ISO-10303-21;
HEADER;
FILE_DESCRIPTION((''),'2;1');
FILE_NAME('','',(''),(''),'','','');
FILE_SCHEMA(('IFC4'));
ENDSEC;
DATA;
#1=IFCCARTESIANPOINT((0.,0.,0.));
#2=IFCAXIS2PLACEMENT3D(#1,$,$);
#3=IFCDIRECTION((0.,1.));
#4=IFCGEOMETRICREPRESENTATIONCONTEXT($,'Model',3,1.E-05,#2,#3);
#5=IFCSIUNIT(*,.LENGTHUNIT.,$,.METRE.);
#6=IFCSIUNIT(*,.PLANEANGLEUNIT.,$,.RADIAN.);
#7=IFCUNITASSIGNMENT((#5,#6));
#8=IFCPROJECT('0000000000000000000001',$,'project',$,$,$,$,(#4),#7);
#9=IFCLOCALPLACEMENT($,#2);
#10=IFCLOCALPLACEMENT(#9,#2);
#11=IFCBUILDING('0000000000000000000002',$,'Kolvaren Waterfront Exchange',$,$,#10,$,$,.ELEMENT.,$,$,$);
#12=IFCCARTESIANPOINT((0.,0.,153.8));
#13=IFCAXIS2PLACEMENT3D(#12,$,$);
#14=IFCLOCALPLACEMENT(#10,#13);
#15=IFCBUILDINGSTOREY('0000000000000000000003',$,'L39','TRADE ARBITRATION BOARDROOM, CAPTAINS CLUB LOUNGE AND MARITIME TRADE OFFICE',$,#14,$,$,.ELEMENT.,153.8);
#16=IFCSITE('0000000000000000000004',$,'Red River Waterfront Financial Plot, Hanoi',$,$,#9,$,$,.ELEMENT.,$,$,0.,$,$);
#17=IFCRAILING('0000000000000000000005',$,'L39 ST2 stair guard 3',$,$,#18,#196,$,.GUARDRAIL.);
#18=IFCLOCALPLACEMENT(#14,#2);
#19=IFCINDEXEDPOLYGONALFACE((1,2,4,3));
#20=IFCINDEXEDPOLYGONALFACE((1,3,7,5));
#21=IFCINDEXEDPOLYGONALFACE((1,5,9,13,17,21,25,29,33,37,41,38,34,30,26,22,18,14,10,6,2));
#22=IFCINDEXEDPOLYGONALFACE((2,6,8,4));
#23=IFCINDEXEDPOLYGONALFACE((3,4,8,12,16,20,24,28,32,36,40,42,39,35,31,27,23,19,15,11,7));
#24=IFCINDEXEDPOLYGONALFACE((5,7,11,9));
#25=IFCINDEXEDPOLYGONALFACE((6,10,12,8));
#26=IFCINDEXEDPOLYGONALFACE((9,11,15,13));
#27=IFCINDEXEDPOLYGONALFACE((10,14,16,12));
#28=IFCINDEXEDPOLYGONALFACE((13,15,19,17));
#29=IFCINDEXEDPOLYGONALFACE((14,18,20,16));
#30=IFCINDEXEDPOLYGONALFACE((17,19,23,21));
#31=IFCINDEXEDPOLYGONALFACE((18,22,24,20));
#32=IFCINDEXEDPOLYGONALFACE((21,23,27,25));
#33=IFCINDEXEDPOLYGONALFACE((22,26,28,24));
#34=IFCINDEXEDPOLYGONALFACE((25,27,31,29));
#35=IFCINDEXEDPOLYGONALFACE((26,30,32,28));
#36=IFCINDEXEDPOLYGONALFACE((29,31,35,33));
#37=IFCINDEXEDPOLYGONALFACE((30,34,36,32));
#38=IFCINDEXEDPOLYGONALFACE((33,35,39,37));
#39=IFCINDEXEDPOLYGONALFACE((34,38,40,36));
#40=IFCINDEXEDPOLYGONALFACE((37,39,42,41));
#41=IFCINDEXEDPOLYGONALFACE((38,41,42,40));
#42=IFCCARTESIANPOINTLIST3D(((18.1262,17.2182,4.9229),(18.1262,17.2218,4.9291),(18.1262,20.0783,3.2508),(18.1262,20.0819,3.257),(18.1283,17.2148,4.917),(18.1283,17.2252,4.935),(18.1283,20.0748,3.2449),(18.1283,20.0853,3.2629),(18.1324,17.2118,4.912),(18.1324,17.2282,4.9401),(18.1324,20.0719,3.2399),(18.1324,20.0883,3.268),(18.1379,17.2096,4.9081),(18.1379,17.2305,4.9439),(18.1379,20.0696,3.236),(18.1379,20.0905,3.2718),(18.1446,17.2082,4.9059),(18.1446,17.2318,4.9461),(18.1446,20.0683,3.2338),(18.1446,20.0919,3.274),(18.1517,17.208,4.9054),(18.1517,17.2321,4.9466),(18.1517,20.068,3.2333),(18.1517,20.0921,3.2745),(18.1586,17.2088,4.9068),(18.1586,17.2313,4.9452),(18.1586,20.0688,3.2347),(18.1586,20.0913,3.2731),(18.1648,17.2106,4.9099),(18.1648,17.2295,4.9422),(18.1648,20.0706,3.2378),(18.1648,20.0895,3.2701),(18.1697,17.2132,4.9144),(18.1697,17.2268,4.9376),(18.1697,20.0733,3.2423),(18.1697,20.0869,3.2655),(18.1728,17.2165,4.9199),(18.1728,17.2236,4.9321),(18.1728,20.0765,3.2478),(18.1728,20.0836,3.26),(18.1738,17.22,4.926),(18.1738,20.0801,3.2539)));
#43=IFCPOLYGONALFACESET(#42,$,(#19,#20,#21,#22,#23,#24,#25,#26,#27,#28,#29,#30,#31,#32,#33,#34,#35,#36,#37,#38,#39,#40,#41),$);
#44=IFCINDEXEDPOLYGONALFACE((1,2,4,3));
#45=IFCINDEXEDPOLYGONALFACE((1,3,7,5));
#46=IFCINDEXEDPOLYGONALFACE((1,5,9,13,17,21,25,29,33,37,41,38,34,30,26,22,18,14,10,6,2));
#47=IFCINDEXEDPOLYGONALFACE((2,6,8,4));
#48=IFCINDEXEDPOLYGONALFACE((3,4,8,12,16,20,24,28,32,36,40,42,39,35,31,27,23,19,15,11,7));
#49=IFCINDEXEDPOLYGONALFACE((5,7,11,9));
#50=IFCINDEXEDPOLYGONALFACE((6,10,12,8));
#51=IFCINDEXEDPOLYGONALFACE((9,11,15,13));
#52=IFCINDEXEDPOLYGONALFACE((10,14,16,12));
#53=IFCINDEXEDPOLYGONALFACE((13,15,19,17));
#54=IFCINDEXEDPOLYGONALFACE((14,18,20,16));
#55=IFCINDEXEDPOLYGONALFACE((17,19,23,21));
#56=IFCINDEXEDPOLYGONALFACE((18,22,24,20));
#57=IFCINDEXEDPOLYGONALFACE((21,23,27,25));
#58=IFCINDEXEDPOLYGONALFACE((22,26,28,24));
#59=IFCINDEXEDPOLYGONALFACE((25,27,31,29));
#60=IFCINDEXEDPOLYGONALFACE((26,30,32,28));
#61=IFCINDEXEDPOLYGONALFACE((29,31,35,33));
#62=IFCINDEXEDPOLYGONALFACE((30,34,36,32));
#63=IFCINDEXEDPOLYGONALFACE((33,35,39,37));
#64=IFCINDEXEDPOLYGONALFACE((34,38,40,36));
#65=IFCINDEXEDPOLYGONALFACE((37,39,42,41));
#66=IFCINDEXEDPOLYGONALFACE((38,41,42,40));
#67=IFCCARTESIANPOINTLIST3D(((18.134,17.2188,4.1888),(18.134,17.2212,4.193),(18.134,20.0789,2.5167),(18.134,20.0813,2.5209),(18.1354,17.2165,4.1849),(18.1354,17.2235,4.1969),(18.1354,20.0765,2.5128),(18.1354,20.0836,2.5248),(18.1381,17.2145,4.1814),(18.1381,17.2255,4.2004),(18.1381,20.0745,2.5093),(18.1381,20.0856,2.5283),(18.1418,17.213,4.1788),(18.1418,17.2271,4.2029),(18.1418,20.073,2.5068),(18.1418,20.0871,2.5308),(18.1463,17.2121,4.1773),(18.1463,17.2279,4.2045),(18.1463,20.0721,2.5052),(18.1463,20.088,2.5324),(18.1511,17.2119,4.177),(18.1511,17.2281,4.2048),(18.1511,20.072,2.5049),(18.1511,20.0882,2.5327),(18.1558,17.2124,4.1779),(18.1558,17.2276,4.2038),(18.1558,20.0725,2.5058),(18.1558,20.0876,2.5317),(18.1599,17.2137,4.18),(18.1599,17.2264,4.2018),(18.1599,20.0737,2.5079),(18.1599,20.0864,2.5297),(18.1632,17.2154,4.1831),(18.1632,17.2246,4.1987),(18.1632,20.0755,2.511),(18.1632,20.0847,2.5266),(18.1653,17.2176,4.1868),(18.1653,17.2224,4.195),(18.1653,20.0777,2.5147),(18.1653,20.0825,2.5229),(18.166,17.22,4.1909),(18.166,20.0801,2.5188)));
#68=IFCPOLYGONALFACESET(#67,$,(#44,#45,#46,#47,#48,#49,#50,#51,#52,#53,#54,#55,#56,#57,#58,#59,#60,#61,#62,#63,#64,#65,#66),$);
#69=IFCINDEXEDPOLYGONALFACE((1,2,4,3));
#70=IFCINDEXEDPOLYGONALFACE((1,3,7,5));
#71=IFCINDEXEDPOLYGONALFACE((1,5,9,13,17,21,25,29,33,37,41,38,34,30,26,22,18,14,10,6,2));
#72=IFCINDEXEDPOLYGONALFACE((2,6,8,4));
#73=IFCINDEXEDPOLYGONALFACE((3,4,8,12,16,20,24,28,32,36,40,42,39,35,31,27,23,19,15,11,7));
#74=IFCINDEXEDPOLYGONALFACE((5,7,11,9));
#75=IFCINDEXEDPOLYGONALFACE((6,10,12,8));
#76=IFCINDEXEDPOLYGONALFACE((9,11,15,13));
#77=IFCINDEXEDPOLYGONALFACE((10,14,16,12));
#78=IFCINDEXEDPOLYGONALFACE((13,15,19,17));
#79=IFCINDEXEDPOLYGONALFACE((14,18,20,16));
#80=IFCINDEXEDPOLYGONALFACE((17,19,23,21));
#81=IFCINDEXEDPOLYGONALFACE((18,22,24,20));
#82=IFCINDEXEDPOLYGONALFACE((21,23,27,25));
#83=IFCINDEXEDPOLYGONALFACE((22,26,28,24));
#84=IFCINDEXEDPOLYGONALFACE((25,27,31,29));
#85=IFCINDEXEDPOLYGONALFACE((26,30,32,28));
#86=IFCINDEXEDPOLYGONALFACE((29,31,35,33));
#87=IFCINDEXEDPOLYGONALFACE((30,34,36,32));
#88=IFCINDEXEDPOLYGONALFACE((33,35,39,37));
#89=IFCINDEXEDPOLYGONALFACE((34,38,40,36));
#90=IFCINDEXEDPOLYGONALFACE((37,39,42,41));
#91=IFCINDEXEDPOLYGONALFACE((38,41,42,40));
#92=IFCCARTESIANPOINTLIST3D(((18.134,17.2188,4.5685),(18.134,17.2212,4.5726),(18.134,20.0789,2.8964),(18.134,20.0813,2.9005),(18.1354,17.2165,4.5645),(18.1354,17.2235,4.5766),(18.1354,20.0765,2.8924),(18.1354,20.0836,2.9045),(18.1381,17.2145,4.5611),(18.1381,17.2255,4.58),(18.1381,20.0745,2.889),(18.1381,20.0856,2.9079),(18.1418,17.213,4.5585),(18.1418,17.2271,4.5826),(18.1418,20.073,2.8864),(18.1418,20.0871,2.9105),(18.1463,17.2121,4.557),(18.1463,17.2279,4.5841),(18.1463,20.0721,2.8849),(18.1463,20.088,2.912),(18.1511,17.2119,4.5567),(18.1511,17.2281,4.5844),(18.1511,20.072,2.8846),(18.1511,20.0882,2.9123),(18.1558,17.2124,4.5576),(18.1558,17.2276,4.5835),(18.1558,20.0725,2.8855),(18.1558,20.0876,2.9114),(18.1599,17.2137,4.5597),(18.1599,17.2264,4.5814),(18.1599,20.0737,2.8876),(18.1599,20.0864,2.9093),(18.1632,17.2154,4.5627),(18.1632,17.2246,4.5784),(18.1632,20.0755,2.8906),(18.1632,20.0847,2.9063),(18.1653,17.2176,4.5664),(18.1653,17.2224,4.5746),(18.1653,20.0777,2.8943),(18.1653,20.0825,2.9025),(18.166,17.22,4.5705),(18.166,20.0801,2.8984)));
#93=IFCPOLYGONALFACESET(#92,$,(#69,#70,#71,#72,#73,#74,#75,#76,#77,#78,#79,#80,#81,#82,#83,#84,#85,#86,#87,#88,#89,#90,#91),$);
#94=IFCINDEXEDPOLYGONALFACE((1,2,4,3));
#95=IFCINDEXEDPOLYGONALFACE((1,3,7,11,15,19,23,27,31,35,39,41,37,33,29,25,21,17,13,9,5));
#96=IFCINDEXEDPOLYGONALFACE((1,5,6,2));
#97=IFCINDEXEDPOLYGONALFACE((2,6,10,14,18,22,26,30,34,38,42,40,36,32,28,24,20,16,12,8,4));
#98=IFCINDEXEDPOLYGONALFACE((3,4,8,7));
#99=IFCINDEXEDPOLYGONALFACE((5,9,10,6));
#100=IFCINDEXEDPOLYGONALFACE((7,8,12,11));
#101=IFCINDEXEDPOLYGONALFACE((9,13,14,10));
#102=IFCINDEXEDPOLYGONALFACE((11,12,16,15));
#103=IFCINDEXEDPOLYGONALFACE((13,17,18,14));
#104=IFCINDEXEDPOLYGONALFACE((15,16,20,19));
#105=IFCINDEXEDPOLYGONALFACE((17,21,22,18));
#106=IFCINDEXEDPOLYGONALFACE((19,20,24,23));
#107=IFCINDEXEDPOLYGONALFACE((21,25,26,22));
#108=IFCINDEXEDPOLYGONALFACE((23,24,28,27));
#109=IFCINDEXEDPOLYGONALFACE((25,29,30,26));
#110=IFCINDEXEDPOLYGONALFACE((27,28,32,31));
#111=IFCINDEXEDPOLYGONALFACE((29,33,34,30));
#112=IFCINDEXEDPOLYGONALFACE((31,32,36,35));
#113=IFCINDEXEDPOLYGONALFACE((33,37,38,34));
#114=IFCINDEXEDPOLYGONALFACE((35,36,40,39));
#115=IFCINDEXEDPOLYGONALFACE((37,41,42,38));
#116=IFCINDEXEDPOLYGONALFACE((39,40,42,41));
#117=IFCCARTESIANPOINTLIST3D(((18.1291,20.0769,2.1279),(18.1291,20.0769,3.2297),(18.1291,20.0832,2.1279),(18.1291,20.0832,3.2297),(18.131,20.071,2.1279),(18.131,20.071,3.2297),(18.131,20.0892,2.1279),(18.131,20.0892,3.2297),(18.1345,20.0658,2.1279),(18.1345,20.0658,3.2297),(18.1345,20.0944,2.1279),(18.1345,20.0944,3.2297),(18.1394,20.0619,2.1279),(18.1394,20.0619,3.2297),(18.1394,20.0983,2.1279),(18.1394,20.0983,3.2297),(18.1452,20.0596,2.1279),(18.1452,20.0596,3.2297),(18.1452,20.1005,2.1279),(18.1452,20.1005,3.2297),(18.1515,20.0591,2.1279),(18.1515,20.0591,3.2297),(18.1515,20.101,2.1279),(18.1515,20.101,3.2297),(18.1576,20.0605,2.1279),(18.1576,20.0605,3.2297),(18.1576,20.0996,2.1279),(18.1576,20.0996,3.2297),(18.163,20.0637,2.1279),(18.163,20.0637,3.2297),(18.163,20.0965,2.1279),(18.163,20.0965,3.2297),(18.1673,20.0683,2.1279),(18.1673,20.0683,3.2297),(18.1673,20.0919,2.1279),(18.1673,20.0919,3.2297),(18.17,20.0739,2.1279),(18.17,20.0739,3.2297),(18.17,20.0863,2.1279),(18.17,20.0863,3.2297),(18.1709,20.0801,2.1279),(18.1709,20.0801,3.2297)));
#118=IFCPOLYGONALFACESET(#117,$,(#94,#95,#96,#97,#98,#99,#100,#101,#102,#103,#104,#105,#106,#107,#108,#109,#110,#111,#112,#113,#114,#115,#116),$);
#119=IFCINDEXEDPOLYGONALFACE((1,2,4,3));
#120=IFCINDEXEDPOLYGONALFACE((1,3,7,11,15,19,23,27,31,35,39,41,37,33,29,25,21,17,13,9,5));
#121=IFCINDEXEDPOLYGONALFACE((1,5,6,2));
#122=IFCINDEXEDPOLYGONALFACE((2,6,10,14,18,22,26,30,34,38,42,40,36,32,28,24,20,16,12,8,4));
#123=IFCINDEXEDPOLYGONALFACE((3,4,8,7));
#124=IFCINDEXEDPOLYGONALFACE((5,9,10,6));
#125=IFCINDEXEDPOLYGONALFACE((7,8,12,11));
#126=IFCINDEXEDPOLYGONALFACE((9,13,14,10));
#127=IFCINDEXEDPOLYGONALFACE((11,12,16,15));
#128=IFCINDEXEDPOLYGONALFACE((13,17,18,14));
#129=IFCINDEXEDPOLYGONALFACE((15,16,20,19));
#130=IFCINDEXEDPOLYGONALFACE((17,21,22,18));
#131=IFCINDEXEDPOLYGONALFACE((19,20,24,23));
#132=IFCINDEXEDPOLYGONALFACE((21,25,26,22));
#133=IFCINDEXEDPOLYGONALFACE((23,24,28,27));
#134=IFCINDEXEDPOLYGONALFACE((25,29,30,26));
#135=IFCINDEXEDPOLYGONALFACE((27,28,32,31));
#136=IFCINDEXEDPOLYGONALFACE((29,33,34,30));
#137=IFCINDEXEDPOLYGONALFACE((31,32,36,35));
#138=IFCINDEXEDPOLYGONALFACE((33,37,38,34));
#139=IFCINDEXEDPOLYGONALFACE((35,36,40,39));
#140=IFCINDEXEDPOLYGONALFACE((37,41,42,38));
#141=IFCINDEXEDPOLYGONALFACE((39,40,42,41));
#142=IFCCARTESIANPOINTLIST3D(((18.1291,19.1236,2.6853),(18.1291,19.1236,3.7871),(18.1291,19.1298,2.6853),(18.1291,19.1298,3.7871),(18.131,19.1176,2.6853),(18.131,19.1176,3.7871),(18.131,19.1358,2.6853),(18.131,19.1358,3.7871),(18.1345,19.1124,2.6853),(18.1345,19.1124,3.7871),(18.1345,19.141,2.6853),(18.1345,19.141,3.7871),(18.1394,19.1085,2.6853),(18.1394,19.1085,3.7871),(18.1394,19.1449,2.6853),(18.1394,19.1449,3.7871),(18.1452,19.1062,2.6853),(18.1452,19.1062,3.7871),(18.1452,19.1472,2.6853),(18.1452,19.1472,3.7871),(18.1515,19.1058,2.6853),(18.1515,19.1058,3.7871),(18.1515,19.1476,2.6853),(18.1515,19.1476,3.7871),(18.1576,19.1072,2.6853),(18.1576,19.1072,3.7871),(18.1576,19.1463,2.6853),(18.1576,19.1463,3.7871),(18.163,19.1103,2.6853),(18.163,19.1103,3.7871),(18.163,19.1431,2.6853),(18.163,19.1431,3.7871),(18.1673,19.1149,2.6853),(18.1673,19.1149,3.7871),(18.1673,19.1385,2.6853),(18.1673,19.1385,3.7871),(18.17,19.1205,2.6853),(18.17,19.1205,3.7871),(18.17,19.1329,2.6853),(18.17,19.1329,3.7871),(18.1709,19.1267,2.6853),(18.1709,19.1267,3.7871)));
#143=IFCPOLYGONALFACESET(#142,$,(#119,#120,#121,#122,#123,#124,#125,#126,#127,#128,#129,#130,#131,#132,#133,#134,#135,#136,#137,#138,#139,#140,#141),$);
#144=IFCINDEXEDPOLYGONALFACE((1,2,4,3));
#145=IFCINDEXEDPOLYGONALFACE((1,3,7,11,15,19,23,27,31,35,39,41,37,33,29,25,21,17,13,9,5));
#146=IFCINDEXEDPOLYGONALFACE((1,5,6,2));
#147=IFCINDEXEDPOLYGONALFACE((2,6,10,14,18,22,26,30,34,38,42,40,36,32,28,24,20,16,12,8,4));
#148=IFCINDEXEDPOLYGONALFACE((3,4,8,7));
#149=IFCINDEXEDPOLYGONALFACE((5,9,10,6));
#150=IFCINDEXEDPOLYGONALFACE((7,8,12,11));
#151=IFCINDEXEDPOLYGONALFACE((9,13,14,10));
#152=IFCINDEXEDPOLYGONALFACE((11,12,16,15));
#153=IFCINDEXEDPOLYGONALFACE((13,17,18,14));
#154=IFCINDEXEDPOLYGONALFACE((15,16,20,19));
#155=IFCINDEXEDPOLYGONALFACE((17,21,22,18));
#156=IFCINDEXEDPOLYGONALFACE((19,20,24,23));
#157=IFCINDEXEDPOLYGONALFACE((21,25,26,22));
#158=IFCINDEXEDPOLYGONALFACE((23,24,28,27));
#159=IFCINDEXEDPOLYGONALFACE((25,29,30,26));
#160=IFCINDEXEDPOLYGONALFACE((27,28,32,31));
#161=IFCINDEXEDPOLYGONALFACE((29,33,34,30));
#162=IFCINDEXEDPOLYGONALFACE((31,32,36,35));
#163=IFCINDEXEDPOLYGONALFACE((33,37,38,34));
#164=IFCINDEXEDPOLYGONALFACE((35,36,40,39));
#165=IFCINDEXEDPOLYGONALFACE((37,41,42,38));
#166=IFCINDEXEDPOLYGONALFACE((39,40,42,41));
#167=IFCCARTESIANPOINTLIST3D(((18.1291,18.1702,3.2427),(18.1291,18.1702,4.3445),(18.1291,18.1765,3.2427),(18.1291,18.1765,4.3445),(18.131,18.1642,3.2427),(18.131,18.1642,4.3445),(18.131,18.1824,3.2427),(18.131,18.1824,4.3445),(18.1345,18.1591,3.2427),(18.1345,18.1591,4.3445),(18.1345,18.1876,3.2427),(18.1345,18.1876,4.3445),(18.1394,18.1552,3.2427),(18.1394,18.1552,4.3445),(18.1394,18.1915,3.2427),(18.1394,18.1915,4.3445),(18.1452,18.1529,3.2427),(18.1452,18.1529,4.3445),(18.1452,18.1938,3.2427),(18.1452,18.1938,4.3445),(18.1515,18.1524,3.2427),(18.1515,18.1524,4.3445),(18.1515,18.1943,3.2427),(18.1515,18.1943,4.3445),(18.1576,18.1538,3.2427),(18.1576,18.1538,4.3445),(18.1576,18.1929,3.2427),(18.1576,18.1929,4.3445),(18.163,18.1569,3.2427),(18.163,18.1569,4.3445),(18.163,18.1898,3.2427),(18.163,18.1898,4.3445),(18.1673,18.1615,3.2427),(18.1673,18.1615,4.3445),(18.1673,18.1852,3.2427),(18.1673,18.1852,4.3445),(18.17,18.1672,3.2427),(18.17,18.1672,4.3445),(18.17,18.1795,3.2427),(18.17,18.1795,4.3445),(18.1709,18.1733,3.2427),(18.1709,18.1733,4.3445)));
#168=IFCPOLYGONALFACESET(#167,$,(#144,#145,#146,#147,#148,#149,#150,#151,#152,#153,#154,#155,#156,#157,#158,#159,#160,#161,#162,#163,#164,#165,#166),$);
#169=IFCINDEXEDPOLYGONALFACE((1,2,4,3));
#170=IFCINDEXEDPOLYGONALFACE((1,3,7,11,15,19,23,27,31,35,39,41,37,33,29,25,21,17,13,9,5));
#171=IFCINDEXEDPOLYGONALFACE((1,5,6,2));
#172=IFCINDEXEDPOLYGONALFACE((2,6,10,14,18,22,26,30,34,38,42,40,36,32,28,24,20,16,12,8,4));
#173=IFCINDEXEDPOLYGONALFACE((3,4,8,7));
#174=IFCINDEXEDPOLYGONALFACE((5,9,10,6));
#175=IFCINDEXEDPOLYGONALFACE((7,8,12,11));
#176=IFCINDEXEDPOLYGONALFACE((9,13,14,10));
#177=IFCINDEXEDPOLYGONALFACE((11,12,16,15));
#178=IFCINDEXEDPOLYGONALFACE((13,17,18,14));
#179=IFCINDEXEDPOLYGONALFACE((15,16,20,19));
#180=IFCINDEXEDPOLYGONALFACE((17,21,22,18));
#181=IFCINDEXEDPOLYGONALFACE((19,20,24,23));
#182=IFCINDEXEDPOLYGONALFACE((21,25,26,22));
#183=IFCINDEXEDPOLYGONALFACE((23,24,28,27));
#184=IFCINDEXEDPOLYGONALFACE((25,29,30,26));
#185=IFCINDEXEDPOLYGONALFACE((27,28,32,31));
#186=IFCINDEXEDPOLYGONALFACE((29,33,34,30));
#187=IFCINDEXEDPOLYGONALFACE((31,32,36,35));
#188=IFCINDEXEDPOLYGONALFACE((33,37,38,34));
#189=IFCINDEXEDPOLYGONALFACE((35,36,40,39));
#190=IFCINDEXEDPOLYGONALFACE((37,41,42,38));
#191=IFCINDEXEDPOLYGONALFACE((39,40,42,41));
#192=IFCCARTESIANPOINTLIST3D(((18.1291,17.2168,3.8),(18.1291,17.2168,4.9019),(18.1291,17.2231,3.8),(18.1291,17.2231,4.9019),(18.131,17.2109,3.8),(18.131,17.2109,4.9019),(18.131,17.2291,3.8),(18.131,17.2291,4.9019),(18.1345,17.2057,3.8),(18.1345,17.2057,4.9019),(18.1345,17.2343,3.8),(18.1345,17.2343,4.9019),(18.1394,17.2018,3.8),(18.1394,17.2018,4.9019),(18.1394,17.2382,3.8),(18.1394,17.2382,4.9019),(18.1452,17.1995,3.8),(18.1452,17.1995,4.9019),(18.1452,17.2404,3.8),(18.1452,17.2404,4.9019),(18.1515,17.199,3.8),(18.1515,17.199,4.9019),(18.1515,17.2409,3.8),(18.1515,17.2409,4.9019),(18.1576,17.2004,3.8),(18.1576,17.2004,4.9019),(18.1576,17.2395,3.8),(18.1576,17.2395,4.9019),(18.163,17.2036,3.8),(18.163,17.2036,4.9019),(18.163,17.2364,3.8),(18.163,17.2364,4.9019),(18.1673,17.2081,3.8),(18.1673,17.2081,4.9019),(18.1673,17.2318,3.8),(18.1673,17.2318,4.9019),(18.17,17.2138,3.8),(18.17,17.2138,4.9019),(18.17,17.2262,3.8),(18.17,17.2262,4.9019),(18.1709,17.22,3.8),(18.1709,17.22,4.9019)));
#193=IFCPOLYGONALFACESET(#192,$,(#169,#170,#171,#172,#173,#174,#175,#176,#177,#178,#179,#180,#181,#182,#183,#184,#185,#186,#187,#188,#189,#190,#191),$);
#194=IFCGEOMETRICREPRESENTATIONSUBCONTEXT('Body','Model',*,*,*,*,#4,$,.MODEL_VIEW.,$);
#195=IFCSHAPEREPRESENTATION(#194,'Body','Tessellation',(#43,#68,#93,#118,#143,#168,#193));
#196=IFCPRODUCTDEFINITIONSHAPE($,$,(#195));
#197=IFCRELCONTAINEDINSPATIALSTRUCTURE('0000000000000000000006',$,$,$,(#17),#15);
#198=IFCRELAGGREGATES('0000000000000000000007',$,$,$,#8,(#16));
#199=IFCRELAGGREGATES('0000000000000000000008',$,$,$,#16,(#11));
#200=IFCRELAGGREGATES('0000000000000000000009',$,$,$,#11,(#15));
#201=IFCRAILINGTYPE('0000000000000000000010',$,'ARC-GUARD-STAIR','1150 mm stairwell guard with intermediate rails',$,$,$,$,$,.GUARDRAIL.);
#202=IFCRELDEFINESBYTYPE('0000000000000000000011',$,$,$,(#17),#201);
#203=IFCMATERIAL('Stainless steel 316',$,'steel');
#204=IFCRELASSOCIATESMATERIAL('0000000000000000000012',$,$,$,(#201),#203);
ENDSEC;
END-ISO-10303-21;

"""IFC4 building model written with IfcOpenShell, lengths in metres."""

from ifc_helpers import new_model, si_unit, direction, frame, origin, origin_2d, place, context, subcontext, project, spatial, circle, extrude, material, type_object, element, save


model = new_model("IFC4")

# Units and contexts
model_context = context("Model", 3, precision=1e-05, world=origin(), true_north=direction((0.0, 1.0)))
body_context = subcontext(model_context, "Body", "Model", "MODEL_VIEW")
ifc_project = project(units=[si_unit("LENGTHUNIT", "METRE"), si_unit("PLANEANGLEUNIT", "RADIAN")], contexts=[model_context])

# Site, building, storey
site_placement = place(None, origin())
site = spatial("IfcSite", under=ifc_project, at=site_placement, Name="Red River Waterfront Financial Plot, Hanoi", CompositionType="ELEMENT", RefElevation=0.0)
building_placement = place(site_placement, origin())
building = spatial("IfcBuilding", under=site, at=building_placement, Name="Kolvaren Waterfront Exchange", CompositionType="ELEMENT")
storey_placement = place(building_placement, frame((0.0, 0.0, 153.8)))
storey = spatial("IfcBuildingStorey", under=building, at=storey_placement, Name="L39", Description="TRADE ARBITRATION BOARDROOM, CAPTAINS CLUB LOUNGE AND MARITIME TRADE OFFICE", CompositionType="ELEMENT", Elevation=153.8)

# Railing
ifc_material_1 = material(Name="Stainless steel 316", Category="steel")
railing_type = type_object("IfcRailingType", Name="ARC-GUARD-STAIR", Description="1150 mm stairwell guard with intermediate rails", PredefinedType="GUARDRAIL", material=ifc_material_1)
railing_1_placement = place(storey_placement, frame((18.1499, 20.0801, 2.1279)))
element("IfcRailing", 1, at=railing_1_placement, inside=storey, type_object=railing_type, Name="L39 ST2 stair guard 3", PredefinedType="GUARDRAIL", context=body_context, shape_type="SweptSolid", body=[
    extrude(circle(Radius=0.0239, at=origin_2d()), frame((0.0, 0.0, 1.126), z_axis=(0.0, -0.863289, 0.504709), x_axis=(1.0, 0.0, 0.0)), (0.0, 0.0, 1.0), 3.313),
    extrude(circle(Radius=0.0161, at=origin_2d()), frame((0.0, 0.0, 0.3909), z_axis=(0.0, -0.863289, 0.504709), x_axis=(1.0, 0.0, 0.0)), (0.0, 0.0, 1.0), 3.313),
    extrude(circle(Radius=0.0161, at=origin_2d()), frame((0.0, 0.0, 0.7705), z_axis=(0.0, -0.863289, 0.504709), x_axis=(1.0, 0.0, 0.0)), (0.0, 0.0, 1.0), 3.313),
    extrude(circle(Radius=0.021, at=origin_2d()), origin(), (0.0, 0.0, 1.0), 1.1018),
    extrude(circle(Radius=0.021, at=origin_2d()), frame((0.0, -0.9534, 0.5574)), (0.0, 0.0, 1.0), 1.1018),
    extrude(circle(Radius=0.021, at=origin_2d()), frame((0.0, -1.9067, 1.1147)), (0.0, 0.0, 1.0), 1.1018),
    extrude(circle(Radius=0.021, at=origin_2d()), frame((0.0, -2.8601, 1.6721)), (0.0, 0.0, 1.0), 1.1018),
])

save(model, "model.ifc")
